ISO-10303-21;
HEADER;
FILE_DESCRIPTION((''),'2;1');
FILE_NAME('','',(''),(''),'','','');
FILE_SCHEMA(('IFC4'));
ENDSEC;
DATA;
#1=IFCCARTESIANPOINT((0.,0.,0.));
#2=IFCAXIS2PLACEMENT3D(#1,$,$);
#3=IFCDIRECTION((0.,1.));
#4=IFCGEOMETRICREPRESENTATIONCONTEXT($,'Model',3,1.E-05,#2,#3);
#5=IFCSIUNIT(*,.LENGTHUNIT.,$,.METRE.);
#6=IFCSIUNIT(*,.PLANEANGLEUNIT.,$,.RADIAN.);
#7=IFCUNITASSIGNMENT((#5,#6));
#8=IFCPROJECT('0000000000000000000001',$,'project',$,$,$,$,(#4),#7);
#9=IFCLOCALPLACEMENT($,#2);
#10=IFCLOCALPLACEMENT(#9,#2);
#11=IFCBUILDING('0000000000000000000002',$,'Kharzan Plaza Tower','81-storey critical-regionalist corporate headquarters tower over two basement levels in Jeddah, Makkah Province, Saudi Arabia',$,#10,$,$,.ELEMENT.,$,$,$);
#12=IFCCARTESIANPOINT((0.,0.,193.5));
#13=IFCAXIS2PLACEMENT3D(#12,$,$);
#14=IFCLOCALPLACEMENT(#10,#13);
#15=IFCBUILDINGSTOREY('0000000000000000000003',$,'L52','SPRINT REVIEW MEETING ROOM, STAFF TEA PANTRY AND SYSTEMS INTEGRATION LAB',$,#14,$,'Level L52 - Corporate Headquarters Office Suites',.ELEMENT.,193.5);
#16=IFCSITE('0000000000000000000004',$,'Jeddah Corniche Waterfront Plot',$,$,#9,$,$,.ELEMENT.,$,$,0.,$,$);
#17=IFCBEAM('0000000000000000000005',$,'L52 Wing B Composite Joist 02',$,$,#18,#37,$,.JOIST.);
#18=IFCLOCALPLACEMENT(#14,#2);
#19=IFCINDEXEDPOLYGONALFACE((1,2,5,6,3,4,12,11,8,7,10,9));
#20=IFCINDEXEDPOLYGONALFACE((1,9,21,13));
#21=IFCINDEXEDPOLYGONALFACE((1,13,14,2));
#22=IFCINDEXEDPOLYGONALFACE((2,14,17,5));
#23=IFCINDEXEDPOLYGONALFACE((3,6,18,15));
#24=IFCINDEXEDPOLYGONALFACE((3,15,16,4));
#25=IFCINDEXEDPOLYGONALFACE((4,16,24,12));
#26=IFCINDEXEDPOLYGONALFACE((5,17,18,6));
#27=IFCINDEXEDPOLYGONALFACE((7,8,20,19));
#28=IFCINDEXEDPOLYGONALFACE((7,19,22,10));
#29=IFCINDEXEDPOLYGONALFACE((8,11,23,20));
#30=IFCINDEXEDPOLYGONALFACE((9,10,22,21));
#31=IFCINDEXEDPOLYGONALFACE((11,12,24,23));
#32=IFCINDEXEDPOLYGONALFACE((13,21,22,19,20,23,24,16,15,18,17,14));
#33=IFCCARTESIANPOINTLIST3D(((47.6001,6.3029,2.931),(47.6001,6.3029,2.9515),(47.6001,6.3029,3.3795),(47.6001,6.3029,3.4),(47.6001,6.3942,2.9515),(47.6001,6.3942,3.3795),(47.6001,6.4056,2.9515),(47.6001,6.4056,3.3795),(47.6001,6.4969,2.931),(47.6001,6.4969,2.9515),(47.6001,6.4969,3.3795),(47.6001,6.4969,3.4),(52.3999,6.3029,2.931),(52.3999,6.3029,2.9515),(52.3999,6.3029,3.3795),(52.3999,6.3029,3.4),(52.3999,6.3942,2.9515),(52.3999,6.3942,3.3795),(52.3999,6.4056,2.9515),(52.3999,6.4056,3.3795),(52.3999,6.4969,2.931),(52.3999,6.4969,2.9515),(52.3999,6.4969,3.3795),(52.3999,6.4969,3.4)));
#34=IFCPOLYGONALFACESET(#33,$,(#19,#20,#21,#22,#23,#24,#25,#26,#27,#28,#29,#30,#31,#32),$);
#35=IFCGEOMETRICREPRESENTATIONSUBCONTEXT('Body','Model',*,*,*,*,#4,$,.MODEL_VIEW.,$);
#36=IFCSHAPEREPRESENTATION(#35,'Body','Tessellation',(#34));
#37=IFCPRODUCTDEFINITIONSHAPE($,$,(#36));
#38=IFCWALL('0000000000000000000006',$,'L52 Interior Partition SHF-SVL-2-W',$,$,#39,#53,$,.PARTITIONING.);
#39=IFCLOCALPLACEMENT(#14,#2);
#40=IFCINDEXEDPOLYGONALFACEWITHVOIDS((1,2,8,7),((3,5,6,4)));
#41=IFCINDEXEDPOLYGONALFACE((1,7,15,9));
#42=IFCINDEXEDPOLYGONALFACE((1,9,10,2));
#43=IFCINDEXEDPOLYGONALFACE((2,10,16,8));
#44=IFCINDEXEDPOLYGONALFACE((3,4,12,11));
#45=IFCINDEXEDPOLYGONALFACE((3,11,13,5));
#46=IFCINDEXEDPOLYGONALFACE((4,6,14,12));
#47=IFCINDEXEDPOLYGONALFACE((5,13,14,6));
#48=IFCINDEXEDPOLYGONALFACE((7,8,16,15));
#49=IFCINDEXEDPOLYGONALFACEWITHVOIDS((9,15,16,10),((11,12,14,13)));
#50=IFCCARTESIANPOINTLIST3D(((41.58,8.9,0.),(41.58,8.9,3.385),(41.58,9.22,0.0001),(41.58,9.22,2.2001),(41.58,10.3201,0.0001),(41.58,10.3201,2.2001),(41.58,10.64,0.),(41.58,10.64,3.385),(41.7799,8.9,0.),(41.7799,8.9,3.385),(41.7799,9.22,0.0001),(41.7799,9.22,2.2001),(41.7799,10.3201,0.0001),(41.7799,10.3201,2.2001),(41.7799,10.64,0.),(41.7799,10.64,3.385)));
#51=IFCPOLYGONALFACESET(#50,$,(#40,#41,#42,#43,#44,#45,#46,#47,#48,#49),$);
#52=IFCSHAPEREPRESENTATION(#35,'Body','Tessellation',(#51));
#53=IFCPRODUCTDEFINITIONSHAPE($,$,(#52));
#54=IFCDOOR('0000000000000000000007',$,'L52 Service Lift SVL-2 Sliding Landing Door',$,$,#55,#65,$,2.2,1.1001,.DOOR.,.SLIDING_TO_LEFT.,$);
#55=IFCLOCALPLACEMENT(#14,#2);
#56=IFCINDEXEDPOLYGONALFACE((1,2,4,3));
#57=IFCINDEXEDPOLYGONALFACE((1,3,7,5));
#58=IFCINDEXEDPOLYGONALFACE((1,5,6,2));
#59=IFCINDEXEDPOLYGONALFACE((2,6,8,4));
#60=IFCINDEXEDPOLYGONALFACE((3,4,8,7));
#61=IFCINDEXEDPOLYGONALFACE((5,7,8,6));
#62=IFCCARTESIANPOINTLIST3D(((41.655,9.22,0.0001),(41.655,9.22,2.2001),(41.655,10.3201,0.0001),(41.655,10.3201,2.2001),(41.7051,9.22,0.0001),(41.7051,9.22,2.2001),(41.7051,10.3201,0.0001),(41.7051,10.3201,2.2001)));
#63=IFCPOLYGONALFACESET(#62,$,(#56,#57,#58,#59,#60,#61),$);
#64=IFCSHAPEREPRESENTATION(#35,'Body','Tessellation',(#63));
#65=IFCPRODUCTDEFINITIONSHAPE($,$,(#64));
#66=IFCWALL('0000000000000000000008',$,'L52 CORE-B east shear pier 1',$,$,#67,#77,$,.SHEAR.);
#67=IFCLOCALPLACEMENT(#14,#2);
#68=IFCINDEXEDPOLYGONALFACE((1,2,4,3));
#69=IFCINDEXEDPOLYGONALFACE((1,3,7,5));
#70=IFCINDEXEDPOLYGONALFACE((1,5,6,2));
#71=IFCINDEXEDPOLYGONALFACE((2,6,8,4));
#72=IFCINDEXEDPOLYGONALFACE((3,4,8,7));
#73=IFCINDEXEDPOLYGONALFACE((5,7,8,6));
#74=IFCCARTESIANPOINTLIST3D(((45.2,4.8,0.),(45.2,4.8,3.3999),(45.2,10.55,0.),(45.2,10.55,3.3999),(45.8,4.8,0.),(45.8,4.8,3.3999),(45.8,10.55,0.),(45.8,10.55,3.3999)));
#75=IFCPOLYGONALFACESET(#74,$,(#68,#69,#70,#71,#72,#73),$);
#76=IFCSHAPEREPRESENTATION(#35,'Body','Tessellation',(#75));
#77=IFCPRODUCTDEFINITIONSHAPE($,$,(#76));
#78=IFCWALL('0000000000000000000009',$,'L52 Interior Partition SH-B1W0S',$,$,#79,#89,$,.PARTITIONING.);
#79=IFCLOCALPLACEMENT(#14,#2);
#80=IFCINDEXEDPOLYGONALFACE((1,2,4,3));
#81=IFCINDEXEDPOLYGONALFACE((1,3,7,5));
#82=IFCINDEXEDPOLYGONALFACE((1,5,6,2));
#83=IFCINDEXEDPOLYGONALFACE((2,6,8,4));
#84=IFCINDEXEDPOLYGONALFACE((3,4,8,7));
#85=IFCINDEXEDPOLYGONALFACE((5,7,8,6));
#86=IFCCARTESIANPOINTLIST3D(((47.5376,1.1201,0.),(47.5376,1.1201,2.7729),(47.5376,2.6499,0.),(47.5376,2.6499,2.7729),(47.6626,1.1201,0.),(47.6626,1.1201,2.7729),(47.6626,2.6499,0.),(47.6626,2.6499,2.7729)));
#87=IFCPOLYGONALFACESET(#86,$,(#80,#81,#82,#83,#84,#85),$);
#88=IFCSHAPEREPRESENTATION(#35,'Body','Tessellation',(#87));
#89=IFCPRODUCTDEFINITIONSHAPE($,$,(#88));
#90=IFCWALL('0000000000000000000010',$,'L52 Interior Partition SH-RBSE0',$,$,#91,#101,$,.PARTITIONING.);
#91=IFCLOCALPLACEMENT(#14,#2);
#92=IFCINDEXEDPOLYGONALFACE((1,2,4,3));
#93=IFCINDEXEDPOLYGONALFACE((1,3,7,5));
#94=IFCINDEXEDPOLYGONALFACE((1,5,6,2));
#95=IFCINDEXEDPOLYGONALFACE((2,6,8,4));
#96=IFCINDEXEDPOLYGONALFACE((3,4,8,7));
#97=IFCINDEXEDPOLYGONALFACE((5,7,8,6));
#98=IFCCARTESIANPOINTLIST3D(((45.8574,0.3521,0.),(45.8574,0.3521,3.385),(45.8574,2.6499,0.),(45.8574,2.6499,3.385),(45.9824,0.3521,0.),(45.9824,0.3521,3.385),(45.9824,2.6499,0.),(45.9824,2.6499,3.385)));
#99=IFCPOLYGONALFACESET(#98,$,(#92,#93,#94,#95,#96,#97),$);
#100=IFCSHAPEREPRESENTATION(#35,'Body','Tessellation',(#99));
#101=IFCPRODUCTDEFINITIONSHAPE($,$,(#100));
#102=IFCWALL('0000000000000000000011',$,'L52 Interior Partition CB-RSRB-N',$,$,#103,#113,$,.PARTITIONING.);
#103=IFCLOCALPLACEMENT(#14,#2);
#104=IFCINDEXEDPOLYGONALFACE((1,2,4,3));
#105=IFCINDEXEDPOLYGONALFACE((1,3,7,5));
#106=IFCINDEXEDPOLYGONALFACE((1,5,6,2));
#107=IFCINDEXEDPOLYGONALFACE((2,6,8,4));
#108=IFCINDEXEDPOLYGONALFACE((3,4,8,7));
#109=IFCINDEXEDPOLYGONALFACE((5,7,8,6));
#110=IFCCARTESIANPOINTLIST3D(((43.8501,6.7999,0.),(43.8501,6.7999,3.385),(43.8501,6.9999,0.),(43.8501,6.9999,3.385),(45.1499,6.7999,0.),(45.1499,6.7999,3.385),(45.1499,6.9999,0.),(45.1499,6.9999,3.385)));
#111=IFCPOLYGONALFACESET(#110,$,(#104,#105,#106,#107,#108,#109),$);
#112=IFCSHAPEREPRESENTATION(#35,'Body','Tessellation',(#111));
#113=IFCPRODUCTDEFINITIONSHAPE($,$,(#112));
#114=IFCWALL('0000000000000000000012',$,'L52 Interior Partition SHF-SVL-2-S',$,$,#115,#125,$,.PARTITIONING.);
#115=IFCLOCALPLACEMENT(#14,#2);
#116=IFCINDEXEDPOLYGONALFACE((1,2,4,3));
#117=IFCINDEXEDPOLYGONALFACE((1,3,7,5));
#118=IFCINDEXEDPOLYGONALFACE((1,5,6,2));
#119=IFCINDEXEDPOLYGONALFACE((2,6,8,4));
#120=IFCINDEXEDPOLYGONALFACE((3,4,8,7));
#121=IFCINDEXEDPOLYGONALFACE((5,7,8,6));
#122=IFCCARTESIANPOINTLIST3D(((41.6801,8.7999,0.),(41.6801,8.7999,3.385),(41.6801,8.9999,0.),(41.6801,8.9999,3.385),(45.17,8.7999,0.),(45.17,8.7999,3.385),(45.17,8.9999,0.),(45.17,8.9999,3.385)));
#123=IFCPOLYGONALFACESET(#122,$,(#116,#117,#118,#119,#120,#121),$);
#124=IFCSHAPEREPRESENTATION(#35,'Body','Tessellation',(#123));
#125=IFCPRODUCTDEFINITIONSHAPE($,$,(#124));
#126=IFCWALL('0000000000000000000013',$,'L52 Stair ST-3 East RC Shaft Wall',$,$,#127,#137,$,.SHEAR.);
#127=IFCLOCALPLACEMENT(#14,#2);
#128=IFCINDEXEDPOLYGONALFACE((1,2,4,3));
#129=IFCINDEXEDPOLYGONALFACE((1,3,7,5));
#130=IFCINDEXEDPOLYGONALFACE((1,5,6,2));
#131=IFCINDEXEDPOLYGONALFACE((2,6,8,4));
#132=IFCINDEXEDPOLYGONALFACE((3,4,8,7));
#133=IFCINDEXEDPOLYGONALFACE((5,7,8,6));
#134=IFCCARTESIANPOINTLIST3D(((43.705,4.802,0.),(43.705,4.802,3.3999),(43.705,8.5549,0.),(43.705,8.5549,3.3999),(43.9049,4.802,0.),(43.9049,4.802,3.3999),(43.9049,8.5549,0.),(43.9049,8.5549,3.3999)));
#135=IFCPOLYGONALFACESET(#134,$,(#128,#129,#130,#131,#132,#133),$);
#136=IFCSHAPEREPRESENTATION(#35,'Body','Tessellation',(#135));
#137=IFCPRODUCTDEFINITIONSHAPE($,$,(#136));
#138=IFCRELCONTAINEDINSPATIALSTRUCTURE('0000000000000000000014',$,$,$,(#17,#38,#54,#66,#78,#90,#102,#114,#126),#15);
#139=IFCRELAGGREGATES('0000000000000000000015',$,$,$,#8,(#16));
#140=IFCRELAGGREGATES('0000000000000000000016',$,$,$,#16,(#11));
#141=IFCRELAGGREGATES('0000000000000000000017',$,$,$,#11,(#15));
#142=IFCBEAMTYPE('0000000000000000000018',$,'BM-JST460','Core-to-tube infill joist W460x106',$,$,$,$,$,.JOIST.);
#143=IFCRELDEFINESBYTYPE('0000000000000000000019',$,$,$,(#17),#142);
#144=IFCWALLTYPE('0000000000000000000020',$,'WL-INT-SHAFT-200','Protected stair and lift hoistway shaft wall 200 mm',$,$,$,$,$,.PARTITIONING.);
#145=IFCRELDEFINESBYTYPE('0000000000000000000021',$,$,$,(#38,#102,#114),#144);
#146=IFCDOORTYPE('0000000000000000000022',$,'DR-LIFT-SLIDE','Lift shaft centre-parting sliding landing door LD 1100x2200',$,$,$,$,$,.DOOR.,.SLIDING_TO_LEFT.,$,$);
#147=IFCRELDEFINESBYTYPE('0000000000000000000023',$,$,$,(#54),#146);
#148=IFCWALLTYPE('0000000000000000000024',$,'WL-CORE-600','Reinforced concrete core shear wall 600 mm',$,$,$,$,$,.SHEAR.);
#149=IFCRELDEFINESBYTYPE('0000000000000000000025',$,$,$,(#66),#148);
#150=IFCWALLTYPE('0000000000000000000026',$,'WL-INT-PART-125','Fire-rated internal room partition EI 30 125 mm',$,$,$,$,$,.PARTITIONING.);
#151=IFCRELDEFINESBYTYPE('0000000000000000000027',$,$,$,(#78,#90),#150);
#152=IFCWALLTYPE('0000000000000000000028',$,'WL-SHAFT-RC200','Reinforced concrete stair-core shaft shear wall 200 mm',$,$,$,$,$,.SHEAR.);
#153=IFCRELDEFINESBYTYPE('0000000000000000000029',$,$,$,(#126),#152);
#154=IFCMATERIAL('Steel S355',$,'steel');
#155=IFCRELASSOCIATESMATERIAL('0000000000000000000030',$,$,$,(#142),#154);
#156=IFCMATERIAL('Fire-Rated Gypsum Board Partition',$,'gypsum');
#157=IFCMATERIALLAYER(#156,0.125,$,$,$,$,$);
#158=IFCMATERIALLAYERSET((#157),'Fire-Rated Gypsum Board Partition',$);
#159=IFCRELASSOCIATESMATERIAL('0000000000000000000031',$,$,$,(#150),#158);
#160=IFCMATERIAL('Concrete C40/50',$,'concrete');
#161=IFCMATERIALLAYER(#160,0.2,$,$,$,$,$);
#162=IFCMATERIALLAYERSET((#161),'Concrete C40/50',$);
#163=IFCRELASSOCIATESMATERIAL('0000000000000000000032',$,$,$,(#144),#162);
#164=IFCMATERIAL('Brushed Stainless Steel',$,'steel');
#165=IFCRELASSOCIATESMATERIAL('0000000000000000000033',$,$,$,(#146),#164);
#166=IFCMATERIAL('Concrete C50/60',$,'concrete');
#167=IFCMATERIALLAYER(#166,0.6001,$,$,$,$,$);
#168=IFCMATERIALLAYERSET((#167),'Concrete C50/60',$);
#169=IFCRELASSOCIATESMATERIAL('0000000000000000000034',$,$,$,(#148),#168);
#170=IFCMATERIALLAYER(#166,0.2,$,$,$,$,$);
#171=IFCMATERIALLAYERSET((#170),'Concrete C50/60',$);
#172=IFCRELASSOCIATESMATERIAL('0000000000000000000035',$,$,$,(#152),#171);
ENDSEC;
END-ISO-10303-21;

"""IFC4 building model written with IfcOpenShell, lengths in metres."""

from ifc_helpers import new_model, si_unit, direction, frame, frame_2d, origin, origin_2d, place, context, subcontext, project, spatial, rectangle, i_section, extrude, source, transform, mapped, material, layer, layer_set, material_profile, profile_set, type_object, element, fill, save


model = new_model("IFC4")

# Units and contexts
model_context = context("Model", 3, precision=1e-05, world=origin(), true_north=direction((0.0, 1.0)))
body_context = subcontext(model_context, "Body", "Model", "MODEL_VIEW")
ifc_project = project(units=[si_unit("LENGTHUNIT", "METRE"), si_unit("PLANEANGLEUNIT", "RADIAN")], contexts=[model_context])

# Site, building, storey
site_placement = place(None, origin())
site = spatial("IfcSite", under=ifc_project, at=site_placement, Name="Jeddah Corniche Waterfront Plot", CompositionType="ELEMENT", RefElevation=0.0)
building_placement = place(site_placement, origin())
building = spatial("IfcBuilding", under=site, at=building_placement, Name="Kharzan Plaza Tower", Description="81-storey critical-regionalist corporate headquarters tower over two basement levels in Jeddah, Makkah Province, Saudi Arabia", CompositionType="ELEMENT")
storey_placement = place(building_placement, frame((0.0, 0.0, 193.5)))
storey = spatial("IfcBuildingStorey", under=building, at=storey_placement, Name="L52", Description="SPRINT REVIEW MEETING ROOM, STAFF TEA PANTRY AND SYSTEMS INTEGRATION LAB", LongName="Level L52 - Corporate Headquarters Office Suites", CompositionType="ELEMENT", Elevation=193.5)

# Shared definitions
ifc_material_1 = material(Name="Concrete C50/60", Category="concrete")

# Beam
ifc_material_2 = material(Name="Steel S355", Category="steel")
ifc_material_profile_1 = material_profile(ifc_material_2, i_section(OverallWidth=0.1941, OverallDepth=0.469, WebThickness=0.0115, FlangeThickness=0.0205, at=origin_2d()), Name="W460x106")
ifc_profile_set_1 = profile_set([ifc_material_profile_1], Name="Steel S355")
beam_type_1 = type_object("IfcBeamType", Name="BM-JST460", Description="Core-to-tube infill joist W460x106", PredefinedType="JOIST", material=ifc_profile_set_1)
shared_shape_1 = source(origin(), body_context, "Body", "SweptSolid", [
    extrude(i_section(OverallWidth=0.1941, OverallDepth=0.469, WebThickness=0.0115, FlangeThickness=0.0205, at=origin_2d()), origin(), (0.0, 0.0, 1.0), 4.7998),
])
beam_1_placement = place(storey_placement, frame((47.6001, 6.3999, 3.1655), z_axis=(1.0, 0.0, 0.0), x_axis=(0.0, 1.0, 0.0)))
element("IfcBeam", 1, at=beam_1_placement, inside=storey, type_object=beam_type_1, Name="L52 Wing B Composite Joist 02", PredefinedType="JOIST", context=body_context, shape_type="MappedRepresentation", body=[
    mapped(shared_shape_1, transform((0.0, 0.0, 0.0), x_axis=(1.0, 0.0, 0.0), y_axis=(0.0, 1.0, 0.0), z_axis=(0.0, 0.0, 1.0))),
])

# Wall, opening, door
ifc_material_3 = material(Name="Fire-Rated Gypsum Board Partition", Category="gypsum")
ifc_layer_1 = layer(ifc_material_3, 0.125)
ifc_layer_set_1 = layer_set([ifc_layer_1], Name="Fire-Rated Gypsum Board Partition")
wall_type_1 = type_object("IfcWallType", Name="WL-INT-PART-125", Description="Fire-rated internal room partition EI 30 125 mm", PredefinedType="PARTITIONING", material=ifc_layer_set_1)
ifc_material_4 = material(Name="Concrete C40/50", Category="concrete")
ifc_layer_2 = layer(ifc_material_4, 0.2)
ifc_layer_set_2 = layer_set([ifc_layer_2], Name="Concrete C40/50")
wall_type_2 = type_object("IfcWallType", Name="WL-INT-SHAFT-200", Description="Protected stair and lift hoistway shaft wall 200 mm", PredefinedType="PARTITIONING", material=ifc_layer_set_2)
wall_1_placement = place(storey_placement, frame((41.6799, 8.8999, 0.0), z_axis=(0.0, 0.0, 1.0), x_axis=(0.0, 1.0, 0.0)))
wall_1 = element("IfcWall", 2, at=wall_1_placement, inside=storey, type_object=wall_type_2, Name="L52 Interior Partition SHF-SVL-2-W", PredefinedType="PARTITIONING", context=body_context, shape_type="SweptSolid", body=[
    extrude(rectangle(XDim=1.74, YDim=0.2, at=frame_2d((0.8701, 0.0))), origin(), (0.0, 0.0, 1.0), 3.385),
])
opening_1_placement = place(wall_1_placement, frame((0.3201, 0.0, 0.0)))
opening_1 = element("IfcOpeningElement", 3, at=opening_1_placement, cuts=wall_1, PredefinedType="OPENING", context=body_context, shape_type="SweptSolid", body=[
    extrude(rectangle(XDim=1.1001, YDim=2.2, at=frame_2d((0.55, 1.1001))), frame((0.0, 0.1099, 0.0), z_axis=(0.0, -1.0, 0.0), x_axis=(1.0, 0.0, 0.0)), (0.0, 0.0, 1.0), 0.22),
])
ifc_material_5 = material(Name="Brushed Stainless Steel", Category="steel")
door_type_1 = type_object("IfcDoorType", Name="DR-LIFT-SLIDE", Description="Lift shaft centre-parting sliding landing door LD 1100x2200", OperationType="SLIDING_TO_LEFT", PredefinedType="DOOR", material=ifc_material_5)
shared_shape_2 = source(origin(), body_context, "Body", "SweptSolid", [
    extrude(rectangle(XDim=1.1001, YDim=2.2, at=frame_2d((0.55, 1.1001))), frame((0.0, 0.0249, 0.0), z_axis=(0.0, -1.0, 0.0), x_axis=(1.0, 0.0, 0.0)), (0.0, 0.0, 1.0), 0.05),
])
door_1_placement = place(opening_1_placement, origin())
door_1 = element("IfcDoor", 4, at=door_1_placement, inside=storey, type_object=door_type_1, Name="L52 Service Lift SVL-2 Sliding Landing Door", OperationType="SLIDING_TO_LEFT", OverallHeight=2.2, OverallWidth=1.1001, PredefinedType="DOOR", context=body_context, shape_type="MappedRepresentation", body=[
    mapped(shared_shape_2, transform((0.0, 0.0, 0.0), x_axis=(1.0, 0.0, 0.0), y_axis=(0.0, 1.0, 0.0), z_axis=(0.0, 0.0, 1.0))),
])
fill(opening_1, door_1)

# Walls
ifc_layer_3 = layer(ifc_material_1, 0.6001)
ifc_layer_set_3 = layer_set([ifc_layer_3], Name="Concrete C50/60")
wall_type_3 = type_object("IfcWallType", Name="WL-CORE-600", Description="Reinforced concrete core shear wall 600 mm", PredefinedType="SHEAR", material=ifc_layer_set_3)
shared_shape_3 = source(origin(), body_context, "Body", "SweptSolid", [
    extrude(rectangle(XDim=5.75, YDim=0.6001, at=frame_2d((2.875, 0.0))), origin(), (0.0, 0.0, 1.0), 3.3999),
])
wall_2_placement = place(storey_placement, frame((45.5, 4.8, 0.0), z_axis=(0.0, 0.0, 1.0), x_axis=(0.0, 1.0, 0.0)))
element("IfcWall", 5, at=wall_2_placement, inside=storey, type_object=wall_type_3, Name="L52 CORE-B east shear pier 1", PredefinedType="SHEAR", context=body_context, shape_type="MappedRepresentation", body=[
    mapped(shared_shape_3, transform((0.0, 0.0, 0.0), x_axis=(1.0, 0.0, 0.0), y_axis=(0.0, 1.0, 0.0), z_axis=(0.0, 0.0, 1.0))),
])
shared_shape_4 = source(origin(), body_context, "Body", "SweptSolid", [
    extrude(rectangle(XDim=1.5298, YDim=0.125, at=frame_2d((0.7649, 0.0))), origin(), (0.0, 0.0, 1.0), 2.7729),
])
wall_3_placement = place(storey_placement, frame((47.6001, 1.1201, 0.0), z_axis=(0.0, 0.0, 1.0), x_axis=(0.0, 1.0, 0.0)))
element("IfcWall", 6, at=wall_3_placement, inside=storey, type_object=wall_type_1, Name="L52 Interior Partition SH-B1W0S", PredefinedType="PARTITIONING", context=body_context, shape_type="MappedRepresentation", body=[
    mapped(shared_shape_4, transform((0.0, 0.0, 0.0), x_axis=(1.0, 0.0, 0.0), y_axis=(0.0, 1.0, 0.0), z_axis=(0.0, 0.0, 1.0))),
])
shared_shape_5 = source(origin(), body_context, "Body", "SweptSolid", [
    extrude(rectangle(XDim=2.2979, YDim=0.125, at=frame_2d((1.1489, 0.0))), origin(), (0.0, 0.0, 1.0), 3.385),
])
wall_4_placement = place(storey_placement, frame((45.9199, 0.3521, 0.0), z_axis=(0.0, 0.0, 1.0), x_axis=(0.0, 1.0, 0.0)))
element("IfcWall", 7, at=wall_4_placement, inside=storey, type_object=wall_type_1, Name="L52 Interior Partition SH-RBSE0", PredefinedType="PARTITIONING", context=body_context, shape_type="MappedRepresentation", body=[
    mapped(shared_shape_5, transform((0.0, 0.0, 0.0), x_axis=(1.0, 0.0, 0.0), y_axis=(0.0, 1.0, 0.0), z_axis=(0.0, 0.0, 1.0))),
])
shared_shape_6 = source(origin(), body_context, "Body", "SweptSolid", [
    extrude(rectangle(XDim=1.2998, YDim=0.2, at=frame_2d((0.6499, 0.0))), origin(), (0.0, 0.0, 1.0), 3.385),
])
wall_5_placement = place(storey_placement, frame((43.8501, 6.8999, 0.0), z_axis=(0.0, 0.0, 1.0), x_axis=(1.0, 0.0, 0.0)))
element("IfcWall", 8, at=wall_5_placement, inside=storey, type_object=wall_type_2, Name="L52 Interior Partition CB-RSRB-N", PredefinedType="PARTITIONING", context=body_context, shape_type="MappedRepresentation", body=[
    mapped(shared_shape_6, transform((0.0, 0.0, 0.0), x_axis=(1.0, 0.0, 0.0), y_axis=(0.0, 1.0, 0.0), z_axis=(0.0, 0.0, 1.0))),
])
shared_shape_7 = source(origin(), body_context, "Body", "SweptSolid", [
    extrude(rectangle(XDim=3.49, YDim=0.2, at=frame_2d((1.7451, 0.0))), origin(), (0.0, 0.0, 1.0), 3.385),
])
wall_6_placement = place(storey_placement, frame((41.6799, 8.8999, 0.0), z_axis=(0.0, 0.0, 1.0), x_axis=(1.0, 0.0, 0.0)))
element("IfcWall", 9, at=wall_6_placement, inside=storey, type_object=wall_type_2, Name="L52 Interior Partition SHF-SVL-2-S", PredefinedType="PARTITIONING", context=body_context, shape_type="MappedRepresentation", body=[
    mapped(shared_shape_7, transform((0.0, 0.0, 0.0), x_axis=(1.0, 0.0, 0.0), y_axis=(0.0, 1.0, 0.0), z_axis=(0.0, 0.0, 1.0))),
])
ifc_layer_4 = layer(ifc_material_1, 0.2)
ifc_layer_set_4 = layer_set([ifc_layer_4], Name="Concrete C50/60")
wall_type_4 = type_object("IfcWallType", Name="WL-SHAFT-RC200", Description="Reinforced concrete stair-core shaft shear wall 200 mm", PredefinedType="SHEAR", material=ifc_layer_set_4)
shared_shape_8 = source(origin(), body_context, "Body", "SweptSolid", [
    extrude(rectangle(XDim=3.7529, YDim=0.2, at=frame_2d((1.8765, 0.0))), origin(), (0.0, 0.0, 1.0), 3.3999),
])
wall_7_placement = place(storey_placement, frame((43.8049, 4.802, 0.0), z_axis=(0.0, 0.0, 1.0), x_axis=(0.0, 1.0, 0.0)))
element("IfcWall", 10, at=wall_7_placement, inside=storey, type_object=wall_type_4, Name="L52 Stair ST-3 East RC Shaft Wall", PredefinedType="SHEAR", context=body_context, shape_type="MappedRepresentation", body=[
    mapped(shared_shape_8, transform((0.0, 0.0, 0.0), x_axis=(1.0, 0.0, 0.0), y_axis=(0.0, 1.0, 0.0), z_axis=(0.0, 0.0, 1.0))),
])

save(model, "model.ifc")
